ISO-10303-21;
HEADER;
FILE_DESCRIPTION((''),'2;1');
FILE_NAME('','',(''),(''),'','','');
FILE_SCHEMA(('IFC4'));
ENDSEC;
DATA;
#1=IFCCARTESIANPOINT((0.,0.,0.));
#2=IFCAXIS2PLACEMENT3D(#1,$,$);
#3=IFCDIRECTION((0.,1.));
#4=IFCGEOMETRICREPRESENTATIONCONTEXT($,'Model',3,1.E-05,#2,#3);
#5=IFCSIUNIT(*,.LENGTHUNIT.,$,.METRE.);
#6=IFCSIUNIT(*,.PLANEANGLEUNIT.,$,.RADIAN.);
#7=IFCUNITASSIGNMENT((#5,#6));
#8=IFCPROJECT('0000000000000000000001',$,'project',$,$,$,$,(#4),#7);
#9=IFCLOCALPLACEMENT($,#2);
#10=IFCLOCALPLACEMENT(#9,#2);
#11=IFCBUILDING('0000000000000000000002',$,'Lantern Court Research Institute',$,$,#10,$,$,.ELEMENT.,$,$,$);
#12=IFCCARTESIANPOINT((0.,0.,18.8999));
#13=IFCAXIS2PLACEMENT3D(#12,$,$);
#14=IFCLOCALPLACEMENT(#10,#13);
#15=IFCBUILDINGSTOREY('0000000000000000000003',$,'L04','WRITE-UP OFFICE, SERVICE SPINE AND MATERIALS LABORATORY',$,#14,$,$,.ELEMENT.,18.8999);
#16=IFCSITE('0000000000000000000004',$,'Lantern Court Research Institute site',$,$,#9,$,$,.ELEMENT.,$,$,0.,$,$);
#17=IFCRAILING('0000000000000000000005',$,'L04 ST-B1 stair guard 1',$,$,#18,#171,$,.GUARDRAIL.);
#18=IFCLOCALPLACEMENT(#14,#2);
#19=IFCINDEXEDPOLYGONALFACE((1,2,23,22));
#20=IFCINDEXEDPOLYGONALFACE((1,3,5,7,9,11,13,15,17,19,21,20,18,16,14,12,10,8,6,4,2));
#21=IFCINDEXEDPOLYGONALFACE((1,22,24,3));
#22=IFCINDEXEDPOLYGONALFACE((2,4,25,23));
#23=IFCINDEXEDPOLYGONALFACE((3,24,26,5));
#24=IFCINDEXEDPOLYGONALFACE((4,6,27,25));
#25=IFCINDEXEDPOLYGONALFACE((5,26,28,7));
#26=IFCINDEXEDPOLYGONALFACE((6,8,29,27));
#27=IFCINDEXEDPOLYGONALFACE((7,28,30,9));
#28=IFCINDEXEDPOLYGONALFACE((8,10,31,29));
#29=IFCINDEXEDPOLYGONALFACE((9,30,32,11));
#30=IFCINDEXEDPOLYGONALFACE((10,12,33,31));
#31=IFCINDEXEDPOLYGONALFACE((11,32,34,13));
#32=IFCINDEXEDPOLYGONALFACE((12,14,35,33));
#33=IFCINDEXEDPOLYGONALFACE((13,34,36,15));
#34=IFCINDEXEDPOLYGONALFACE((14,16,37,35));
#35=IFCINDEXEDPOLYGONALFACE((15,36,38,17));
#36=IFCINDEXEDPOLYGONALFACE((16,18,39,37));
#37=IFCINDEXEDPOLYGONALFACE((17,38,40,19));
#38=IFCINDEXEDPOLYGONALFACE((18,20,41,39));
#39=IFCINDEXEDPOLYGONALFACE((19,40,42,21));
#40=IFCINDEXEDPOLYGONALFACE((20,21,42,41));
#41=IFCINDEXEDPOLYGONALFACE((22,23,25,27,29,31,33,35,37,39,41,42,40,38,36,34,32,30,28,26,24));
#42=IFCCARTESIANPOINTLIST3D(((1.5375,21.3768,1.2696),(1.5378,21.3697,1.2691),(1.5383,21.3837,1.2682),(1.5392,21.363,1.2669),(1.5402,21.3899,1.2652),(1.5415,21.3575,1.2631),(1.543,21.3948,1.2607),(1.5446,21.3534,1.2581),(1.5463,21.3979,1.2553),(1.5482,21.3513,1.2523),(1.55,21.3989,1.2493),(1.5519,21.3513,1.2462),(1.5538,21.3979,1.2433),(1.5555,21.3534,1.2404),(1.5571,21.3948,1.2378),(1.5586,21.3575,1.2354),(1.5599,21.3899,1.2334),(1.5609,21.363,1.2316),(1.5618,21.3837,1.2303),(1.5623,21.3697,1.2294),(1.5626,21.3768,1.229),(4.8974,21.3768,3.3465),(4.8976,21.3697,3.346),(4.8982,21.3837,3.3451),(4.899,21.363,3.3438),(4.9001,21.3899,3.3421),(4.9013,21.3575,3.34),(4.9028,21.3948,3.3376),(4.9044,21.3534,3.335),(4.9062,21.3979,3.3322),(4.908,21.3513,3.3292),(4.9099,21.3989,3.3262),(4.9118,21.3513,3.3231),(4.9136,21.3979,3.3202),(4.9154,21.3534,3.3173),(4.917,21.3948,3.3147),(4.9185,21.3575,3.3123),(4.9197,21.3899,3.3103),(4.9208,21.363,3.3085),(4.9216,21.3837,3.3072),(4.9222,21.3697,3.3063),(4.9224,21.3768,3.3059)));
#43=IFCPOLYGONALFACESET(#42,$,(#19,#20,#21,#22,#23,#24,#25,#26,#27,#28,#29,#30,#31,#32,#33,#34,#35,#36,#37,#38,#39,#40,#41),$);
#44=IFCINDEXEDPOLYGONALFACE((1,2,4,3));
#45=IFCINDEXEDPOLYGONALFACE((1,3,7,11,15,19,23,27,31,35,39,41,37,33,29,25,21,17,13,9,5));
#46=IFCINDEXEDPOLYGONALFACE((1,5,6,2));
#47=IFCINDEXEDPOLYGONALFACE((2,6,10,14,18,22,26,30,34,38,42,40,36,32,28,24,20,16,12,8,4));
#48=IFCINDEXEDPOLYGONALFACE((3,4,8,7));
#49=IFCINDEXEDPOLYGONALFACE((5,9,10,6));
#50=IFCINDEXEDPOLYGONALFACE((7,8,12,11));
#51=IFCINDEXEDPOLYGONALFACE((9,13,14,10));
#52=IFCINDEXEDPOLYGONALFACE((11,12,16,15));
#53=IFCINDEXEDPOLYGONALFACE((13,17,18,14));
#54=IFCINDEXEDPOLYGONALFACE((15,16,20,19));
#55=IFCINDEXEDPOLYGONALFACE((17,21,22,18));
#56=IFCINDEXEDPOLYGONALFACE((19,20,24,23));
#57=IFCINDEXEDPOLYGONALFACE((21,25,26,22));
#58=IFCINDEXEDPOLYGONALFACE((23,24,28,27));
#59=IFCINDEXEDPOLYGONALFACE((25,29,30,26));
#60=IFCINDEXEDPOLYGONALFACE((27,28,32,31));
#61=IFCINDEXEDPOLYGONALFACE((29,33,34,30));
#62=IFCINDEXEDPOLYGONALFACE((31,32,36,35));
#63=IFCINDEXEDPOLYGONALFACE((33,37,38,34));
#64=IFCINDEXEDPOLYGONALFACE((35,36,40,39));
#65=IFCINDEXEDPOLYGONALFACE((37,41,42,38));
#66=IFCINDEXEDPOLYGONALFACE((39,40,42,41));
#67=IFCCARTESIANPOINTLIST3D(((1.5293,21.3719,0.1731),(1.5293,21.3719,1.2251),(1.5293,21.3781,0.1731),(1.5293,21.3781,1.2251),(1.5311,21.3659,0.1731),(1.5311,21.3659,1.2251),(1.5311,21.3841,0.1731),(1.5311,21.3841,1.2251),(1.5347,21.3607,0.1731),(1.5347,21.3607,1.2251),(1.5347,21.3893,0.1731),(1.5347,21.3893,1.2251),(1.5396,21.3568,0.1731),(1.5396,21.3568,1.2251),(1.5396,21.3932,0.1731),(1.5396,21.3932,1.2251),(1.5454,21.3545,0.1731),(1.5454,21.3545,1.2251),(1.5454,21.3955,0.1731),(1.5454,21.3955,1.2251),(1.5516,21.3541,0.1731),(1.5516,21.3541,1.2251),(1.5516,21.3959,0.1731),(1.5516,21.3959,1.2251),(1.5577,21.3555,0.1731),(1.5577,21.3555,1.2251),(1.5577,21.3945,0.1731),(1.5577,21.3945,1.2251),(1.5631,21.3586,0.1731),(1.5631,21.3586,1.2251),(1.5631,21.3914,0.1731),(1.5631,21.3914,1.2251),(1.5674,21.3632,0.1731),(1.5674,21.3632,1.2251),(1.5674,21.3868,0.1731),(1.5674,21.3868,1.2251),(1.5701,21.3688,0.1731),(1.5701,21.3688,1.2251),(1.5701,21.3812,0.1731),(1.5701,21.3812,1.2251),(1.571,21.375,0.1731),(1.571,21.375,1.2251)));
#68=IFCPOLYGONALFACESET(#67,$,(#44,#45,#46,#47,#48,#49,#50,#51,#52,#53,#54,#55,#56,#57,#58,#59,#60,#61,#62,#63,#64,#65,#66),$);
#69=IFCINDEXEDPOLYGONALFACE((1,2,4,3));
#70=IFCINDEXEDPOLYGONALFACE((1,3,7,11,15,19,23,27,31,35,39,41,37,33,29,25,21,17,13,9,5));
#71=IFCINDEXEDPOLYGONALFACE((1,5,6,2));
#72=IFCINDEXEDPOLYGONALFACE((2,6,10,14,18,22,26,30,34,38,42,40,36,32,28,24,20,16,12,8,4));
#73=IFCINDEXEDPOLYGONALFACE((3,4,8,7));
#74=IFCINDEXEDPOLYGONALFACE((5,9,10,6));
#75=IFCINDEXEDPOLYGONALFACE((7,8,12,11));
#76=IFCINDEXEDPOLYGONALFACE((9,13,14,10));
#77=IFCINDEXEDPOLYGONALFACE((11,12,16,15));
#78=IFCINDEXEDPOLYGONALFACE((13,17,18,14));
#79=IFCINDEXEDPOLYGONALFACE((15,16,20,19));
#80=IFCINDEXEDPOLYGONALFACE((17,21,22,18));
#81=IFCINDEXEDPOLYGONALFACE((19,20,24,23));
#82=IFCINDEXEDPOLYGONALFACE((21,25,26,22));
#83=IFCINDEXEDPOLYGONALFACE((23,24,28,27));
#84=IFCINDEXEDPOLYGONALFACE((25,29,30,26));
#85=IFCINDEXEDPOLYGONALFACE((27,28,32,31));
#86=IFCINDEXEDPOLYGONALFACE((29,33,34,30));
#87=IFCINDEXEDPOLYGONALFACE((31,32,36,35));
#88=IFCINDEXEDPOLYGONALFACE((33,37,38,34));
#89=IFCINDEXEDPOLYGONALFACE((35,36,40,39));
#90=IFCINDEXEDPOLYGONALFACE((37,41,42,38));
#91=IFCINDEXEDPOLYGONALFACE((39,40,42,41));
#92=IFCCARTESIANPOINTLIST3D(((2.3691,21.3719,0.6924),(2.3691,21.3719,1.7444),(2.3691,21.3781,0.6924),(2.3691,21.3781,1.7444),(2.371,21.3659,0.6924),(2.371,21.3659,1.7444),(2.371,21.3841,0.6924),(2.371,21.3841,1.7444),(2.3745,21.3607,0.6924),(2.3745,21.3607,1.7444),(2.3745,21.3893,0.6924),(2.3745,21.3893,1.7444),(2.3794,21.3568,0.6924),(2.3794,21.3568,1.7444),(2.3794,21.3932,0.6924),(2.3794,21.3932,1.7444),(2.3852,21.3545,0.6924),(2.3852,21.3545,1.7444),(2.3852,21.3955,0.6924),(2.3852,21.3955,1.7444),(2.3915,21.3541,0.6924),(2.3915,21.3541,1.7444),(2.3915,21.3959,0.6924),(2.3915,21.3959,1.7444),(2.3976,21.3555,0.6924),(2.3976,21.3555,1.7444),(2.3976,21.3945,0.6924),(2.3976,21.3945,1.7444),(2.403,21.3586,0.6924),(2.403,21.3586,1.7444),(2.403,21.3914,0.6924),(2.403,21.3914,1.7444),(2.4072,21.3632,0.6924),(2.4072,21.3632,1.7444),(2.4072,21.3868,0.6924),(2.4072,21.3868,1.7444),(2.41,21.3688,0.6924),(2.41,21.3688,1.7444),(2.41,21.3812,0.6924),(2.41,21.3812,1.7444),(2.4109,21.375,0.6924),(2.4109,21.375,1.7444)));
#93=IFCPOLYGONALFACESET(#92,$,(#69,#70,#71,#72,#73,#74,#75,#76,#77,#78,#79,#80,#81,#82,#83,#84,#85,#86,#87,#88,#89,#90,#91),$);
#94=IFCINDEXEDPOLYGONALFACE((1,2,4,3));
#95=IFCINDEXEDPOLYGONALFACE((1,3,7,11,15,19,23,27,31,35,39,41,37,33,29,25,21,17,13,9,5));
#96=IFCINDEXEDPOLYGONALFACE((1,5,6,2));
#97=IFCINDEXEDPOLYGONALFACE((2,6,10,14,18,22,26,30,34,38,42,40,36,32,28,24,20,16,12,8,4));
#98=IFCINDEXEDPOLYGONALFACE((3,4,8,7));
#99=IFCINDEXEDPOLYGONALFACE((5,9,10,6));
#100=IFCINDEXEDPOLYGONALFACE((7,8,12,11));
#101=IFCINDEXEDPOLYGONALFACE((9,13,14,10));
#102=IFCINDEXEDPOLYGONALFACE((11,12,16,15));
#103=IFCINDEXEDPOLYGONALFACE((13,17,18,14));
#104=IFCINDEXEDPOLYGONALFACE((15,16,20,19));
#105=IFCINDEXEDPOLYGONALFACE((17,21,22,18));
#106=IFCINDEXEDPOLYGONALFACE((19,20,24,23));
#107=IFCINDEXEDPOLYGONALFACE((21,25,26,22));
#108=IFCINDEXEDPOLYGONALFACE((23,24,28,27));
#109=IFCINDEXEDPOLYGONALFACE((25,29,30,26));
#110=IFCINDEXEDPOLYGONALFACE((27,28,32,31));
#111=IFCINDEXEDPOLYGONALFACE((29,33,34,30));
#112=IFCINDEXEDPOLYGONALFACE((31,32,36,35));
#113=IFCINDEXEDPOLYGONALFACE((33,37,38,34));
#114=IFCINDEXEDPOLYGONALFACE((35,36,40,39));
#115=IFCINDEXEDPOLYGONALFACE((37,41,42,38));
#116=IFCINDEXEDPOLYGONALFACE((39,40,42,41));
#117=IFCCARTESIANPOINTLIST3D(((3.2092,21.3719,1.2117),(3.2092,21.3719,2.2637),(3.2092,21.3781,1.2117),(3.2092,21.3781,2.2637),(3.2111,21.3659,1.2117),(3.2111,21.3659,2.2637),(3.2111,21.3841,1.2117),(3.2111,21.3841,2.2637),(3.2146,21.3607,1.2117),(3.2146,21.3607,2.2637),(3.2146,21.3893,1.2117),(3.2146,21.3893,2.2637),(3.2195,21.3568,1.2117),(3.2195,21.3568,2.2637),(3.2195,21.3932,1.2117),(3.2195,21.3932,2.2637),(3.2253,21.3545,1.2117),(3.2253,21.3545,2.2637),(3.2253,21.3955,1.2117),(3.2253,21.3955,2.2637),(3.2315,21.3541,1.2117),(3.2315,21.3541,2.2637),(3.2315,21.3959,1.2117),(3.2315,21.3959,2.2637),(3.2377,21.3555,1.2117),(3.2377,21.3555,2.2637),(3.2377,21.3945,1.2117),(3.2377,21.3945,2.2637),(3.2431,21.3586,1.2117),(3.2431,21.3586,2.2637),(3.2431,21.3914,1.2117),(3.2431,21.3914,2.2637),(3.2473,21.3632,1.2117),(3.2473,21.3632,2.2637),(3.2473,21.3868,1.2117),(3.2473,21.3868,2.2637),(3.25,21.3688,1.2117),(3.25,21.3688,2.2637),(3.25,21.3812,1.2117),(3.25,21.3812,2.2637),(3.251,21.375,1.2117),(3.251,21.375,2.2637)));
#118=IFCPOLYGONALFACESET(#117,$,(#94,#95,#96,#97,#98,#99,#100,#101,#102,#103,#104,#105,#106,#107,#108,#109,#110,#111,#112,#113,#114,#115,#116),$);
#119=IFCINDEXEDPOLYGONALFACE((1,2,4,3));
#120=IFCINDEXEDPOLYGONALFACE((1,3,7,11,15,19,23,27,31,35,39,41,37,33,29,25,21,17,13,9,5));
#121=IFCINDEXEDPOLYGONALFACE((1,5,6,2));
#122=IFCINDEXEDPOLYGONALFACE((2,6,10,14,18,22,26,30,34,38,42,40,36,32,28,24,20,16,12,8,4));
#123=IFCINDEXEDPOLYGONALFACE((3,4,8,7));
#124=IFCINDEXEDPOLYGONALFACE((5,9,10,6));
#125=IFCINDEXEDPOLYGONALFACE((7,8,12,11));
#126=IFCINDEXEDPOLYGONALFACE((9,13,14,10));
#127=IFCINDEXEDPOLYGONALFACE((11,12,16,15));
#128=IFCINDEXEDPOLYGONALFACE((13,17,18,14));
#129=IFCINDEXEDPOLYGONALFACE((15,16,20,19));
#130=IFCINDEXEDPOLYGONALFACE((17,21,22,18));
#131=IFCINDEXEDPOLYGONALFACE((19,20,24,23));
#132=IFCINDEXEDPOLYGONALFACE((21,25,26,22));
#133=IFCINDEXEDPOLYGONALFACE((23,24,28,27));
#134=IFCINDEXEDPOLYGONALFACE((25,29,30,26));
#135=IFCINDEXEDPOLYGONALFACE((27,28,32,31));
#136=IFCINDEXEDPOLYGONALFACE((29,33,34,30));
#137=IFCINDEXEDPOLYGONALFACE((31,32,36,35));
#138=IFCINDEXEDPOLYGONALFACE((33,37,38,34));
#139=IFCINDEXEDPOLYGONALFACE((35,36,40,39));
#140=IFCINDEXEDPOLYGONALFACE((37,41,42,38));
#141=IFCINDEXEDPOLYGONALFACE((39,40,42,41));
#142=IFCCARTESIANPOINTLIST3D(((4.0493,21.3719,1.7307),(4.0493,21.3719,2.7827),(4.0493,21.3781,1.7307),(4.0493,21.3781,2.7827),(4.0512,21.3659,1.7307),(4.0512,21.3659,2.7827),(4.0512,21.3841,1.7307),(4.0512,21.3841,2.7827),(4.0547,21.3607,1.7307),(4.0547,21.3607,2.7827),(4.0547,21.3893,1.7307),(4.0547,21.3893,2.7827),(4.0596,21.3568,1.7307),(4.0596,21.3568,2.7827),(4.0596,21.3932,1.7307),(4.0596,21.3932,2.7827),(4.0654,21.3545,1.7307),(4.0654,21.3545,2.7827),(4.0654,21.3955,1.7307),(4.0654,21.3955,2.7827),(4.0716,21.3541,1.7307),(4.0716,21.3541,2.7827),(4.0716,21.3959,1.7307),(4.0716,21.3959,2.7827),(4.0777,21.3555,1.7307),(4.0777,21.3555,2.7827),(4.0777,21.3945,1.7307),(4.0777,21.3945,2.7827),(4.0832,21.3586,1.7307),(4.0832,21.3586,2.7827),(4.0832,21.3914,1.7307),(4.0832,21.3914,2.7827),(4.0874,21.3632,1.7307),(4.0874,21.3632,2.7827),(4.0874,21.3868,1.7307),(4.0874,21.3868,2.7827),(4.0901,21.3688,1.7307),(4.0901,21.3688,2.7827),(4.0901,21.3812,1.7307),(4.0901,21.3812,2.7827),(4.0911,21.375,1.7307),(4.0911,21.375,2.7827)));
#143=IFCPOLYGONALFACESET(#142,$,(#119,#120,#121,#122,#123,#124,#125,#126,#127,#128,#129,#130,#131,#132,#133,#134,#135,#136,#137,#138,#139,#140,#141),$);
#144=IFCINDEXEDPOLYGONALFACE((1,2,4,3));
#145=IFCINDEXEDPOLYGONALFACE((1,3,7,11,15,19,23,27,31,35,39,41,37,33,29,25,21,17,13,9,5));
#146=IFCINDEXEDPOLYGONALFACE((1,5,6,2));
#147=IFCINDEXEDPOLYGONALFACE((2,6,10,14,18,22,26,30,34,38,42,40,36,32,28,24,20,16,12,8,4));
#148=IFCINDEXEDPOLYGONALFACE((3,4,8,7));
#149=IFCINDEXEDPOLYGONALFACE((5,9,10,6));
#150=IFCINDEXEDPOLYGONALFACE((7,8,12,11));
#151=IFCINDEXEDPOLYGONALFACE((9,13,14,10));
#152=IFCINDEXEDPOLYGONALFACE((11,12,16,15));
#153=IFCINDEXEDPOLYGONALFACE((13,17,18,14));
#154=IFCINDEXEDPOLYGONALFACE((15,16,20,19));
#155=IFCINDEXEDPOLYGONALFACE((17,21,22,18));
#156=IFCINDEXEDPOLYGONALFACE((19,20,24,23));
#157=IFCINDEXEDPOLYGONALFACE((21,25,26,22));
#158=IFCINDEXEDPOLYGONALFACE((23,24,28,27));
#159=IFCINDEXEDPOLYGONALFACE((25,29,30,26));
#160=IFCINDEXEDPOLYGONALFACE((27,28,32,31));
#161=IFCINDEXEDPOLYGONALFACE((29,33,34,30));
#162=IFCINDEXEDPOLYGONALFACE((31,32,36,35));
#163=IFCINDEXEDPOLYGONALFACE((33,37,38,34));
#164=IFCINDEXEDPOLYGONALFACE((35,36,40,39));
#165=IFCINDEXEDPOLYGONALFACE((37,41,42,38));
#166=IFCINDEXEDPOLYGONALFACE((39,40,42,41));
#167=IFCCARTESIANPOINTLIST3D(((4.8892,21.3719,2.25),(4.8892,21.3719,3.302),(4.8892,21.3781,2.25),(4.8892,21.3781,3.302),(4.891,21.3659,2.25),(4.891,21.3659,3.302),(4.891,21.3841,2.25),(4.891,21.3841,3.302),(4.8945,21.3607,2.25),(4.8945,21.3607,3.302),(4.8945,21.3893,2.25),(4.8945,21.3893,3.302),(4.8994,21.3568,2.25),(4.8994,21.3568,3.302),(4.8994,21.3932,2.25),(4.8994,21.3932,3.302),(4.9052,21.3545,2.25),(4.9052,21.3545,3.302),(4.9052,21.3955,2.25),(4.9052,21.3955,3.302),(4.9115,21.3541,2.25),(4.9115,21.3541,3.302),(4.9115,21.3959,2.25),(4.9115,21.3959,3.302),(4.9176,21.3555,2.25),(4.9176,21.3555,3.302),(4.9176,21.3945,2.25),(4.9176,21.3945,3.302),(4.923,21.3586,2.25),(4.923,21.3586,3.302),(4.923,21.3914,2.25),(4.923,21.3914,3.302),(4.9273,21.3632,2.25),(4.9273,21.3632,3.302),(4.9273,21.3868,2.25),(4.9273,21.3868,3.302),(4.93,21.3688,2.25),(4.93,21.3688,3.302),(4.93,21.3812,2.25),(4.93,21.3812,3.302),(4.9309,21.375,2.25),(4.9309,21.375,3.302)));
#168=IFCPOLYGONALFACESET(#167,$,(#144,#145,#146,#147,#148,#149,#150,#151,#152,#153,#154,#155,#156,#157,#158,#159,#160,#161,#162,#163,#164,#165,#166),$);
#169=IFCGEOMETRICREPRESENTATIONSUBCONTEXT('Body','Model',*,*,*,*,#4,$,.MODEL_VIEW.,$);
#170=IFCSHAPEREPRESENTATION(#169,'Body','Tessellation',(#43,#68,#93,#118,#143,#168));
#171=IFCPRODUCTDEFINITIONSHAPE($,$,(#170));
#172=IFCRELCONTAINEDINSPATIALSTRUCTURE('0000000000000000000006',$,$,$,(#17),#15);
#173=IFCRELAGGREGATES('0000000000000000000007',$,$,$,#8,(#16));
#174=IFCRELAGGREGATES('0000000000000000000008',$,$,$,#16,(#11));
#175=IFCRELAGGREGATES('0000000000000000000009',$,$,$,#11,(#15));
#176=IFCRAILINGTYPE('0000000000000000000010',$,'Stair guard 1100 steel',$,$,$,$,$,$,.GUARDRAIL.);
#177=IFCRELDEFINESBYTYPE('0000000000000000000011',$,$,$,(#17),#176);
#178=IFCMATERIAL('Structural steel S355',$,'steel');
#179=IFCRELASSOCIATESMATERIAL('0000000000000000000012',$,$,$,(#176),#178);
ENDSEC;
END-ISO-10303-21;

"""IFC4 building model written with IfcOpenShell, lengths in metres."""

from ifc_helpers import new_model, si_unit, direction, frame, origin, origin_2d, place, context, subcontext, project, spatial, circle, extrude, material, type_object, element, save


model = new_model("IFC4")

# Units and contexts
model_context = context("Model", 3, precision=1e-05, world=origin(), true_north=direction((0.0, 1.0)))
body_context = subcontext(model_context, "Body", "Model", "MODEL_VIEW")
ifc_project = project(units=[si_unit("LENGTHUNIT", "METRE"), si_unit("PLANEANGLEUNIT", "RADIAN")], contexts=[model_context])

# Site, building, storey
site_placement = place(None, origin())
site = spatial("IfcSite", under=ifc_project, at=site_placement, Name="Lantern Court Research Institute site", CompositionType="ELEMENT", RefElevation=0.0)
building_placement = place(site_placement, origin())
building = spatial("IfcBuilding", under=site, at=building_placement, Name="Lantern Court Research Institute", CompositionType="ELEMENT")
storey_placement = place(building_placement, frame((0.0, 0.0, 18.8999)))
storey = spatial("IfcBuildingStorey", under=building, at=storey_placement, Name="L04", Description="WRITE-UP OFFICE, SERVICE SPINE AND MATERIALS LABORATORY", CompositionType="ELEMENT", Elevation=18.8999)

# Railing
ifc_material_1 = material(Name="Structural steel S355", Category="steel")
railing_type_1 = type_object("IfcRailingType", Name="Stair guard 1100 steel", PredefinedType="GUARDRAIL", material=ifc_material_1)
railing_1_placement = place(storey_placement, frame((1.55, 21.375, 0.1731)))
element("IfcRailing", 1, at=railing_1_placement, inside=storey, type_object=railing_type_1, Name="L04 ST-B1 stair guard 1", PredefinedType="GUARDRAIL", context=body_context, shape_type="SweptSolid", body=[
    extrude(circle(Radius=0.0239, at=origin_2d()), frame((0.0, 0.0, 1.0762), z_axis=(0.850606, 0.0, 0.525803), x_axis=(0.0, 1.0, 0.0)), (0.0, 0.0, 1.0), 3.95),
    extrude(circle(Radius=0.021, at=origin_2d()), origin(), (0.0, 0.0, 1.0), 1.052),
    extrude(circle(Radius=0.021, at=origin_2d()), frame((0.8398, 0.0, 0.5193)), (0.0, 0.0, 1.0), 1.052),
    extrude(circle(Radius=0.021, at=origin_2d()), frame((1.6799, 0.0, 1.0386)), (0.0, 0.0, 1.0), 1.052),
    extrude(circle(Radius=0.021, at=origin_2d()), frame((2.52, 0.0, 1.5576)), (0.0, 0.0, 1.0), 1.052),
    extrude(circle(Radius=0.021, at=origin_2d()), frame((3.3599, 0.0, 2.0769)), (0.0, 0.0, 1.0), 1.052),
])

save(model, "model.ifc")
